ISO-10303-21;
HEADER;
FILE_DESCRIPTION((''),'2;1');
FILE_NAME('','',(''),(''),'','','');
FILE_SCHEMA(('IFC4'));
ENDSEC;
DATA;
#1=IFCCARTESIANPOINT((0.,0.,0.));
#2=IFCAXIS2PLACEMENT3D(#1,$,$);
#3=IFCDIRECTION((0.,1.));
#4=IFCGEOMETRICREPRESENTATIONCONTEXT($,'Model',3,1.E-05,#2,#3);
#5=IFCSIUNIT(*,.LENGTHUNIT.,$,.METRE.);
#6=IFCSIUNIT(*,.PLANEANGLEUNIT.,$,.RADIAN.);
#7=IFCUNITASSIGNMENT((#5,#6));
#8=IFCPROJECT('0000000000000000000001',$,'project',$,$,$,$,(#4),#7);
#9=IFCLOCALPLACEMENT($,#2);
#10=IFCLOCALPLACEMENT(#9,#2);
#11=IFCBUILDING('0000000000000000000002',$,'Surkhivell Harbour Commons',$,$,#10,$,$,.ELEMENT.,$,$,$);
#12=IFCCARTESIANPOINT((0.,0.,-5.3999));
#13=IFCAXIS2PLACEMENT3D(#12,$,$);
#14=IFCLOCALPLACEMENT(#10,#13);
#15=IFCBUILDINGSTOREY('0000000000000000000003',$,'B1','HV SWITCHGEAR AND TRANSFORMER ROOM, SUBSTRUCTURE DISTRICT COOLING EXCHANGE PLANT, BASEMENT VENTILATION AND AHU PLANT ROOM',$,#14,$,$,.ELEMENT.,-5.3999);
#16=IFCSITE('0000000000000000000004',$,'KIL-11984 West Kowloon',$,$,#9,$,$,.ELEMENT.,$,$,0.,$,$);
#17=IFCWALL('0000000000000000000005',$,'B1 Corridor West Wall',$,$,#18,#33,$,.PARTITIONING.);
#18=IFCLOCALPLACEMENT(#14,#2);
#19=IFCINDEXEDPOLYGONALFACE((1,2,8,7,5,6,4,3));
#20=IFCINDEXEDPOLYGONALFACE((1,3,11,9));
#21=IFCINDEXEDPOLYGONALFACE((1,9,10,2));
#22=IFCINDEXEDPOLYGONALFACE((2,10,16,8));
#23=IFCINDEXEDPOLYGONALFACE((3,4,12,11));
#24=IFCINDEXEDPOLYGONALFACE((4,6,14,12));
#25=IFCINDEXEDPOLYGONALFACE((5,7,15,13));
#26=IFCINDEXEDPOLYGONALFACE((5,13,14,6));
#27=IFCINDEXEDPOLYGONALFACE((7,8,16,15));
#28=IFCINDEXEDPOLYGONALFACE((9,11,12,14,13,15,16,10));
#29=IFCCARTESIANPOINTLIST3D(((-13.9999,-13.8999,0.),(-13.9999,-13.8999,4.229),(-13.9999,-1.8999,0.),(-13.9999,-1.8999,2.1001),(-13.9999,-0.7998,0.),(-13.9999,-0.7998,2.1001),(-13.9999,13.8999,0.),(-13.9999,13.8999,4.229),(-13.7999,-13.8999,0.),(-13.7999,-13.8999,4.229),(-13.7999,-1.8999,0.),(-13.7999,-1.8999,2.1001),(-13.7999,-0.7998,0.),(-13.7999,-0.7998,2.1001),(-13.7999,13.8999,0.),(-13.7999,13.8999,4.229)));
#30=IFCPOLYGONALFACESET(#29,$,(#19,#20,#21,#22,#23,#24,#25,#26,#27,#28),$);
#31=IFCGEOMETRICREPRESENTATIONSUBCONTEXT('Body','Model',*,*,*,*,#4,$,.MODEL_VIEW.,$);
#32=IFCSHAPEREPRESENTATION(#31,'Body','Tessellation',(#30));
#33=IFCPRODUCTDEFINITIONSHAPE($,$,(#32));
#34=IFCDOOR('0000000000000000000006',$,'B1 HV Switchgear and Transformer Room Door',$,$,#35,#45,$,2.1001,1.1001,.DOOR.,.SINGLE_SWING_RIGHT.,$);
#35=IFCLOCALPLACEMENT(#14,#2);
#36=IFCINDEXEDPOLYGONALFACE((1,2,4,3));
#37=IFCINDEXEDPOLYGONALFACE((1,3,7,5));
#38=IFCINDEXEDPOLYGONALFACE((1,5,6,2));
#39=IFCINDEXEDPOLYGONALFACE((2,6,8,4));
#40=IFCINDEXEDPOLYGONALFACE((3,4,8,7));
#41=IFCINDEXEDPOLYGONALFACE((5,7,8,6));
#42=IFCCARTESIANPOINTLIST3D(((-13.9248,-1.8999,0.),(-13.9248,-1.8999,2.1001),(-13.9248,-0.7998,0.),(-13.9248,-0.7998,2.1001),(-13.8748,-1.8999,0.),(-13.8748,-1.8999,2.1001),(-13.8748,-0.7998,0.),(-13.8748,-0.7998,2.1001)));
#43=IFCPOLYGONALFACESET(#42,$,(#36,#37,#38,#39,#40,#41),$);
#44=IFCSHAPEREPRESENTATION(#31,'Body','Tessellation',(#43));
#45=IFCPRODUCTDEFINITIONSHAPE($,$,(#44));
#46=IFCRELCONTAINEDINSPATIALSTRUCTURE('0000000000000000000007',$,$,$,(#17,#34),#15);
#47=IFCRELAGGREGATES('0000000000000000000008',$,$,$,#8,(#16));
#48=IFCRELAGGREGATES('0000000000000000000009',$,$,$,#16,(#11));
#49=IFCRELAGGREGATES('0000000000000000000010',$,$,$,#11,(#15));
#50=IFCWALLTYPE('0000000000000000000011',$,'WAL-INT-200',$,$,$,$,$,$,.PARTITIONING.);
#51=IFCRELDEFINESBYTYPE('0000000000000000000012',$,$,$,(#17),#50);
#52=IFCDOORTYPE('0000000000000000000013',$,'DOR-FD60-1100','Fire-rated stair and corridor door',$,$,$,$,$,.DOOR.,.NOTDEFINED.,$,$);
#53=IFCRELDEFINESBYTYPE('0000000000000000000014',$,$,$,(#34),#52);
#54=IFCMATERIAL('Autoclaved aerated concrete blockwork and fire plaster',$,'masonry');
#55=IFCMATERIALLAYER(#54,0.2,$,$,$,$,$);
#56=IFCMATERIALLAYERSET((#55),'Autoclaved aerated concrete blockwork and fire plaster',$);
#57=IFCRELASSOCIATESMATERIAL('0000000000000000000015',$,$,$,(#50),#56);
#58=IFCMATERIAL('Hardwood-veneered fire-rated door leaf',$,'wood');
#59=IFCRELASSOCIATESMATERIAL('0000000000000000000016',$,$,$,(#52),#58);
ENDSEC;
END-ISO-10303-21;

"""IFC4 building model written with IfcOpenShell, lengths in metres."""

from ifc_helpers import new_model, si_unit, direction, frame, frame_2d, origin, place, context, subcontext, project, spatial, rectangle, extrude, material, layer, layer_set, type_object, element, fill, save


model = new_model("IFC4")

# Units and contexts
model_context = context("Model", 3, precision=1e-05, world=origin(), true_north=direction((0.0, 1.0)))
body_context = subcontext(model_context, "Body", "Model", "MODEL_VIEW")
ifc_project = project(units=[si_unit("LENGTHUNIT", "METRE"), si_unit("PLANEANGLEUNIT", "RADIAN")], contexts=[model_context])

# Site, building, storey
site_placement = place(None, origin())
site = spatial("IfcSite", under=ifc_project, at=site_placement, Name="KIL-11984 West Kowloon", CompositionType="ELEMENT", RefElevation=0.0)
building_placement = place(site_placement, origin())
building = spatial("IfcBuilding", under=site, at=building_placement, Name="Surkhivell Harbour Commons", CompositionType="ELEMENT")
storey_placement = place(building_placement, frame((0.0, 0.0, -5.3999)))
storey = spatial("IfcBuildingStorey", under=building, at=storey_placement, Name="B1", Description="HV SWITCHGEAR AND TRANSFORMER ROOM, SUBSTRUCTURE DISTRICT COOLING EXCHANGE PLANT, BASEMENT VENTILATION AND AHU PLANT ROOM", CompositionType="ELEMENT", Elevation=-5.3999)

# Wall, opening, door
ifc_material_1 = material(Name="Autoclaved aerated concrete blockwork and fire plaster", Category="masonry")
ifc_layer_1 = layer(ifc_material_1, 0.2)
ifc_layer_set_1 = layer_set([ifc_layer_1], Name="Autoclaved aerated concrete blockwork and fire plaster")
wall_type_1 = type_object("IfcWallType", Name="WAL-INT-200", PredefinedType="PARTITIONING", material=ifc_layer_set_1)
ifc_material_2 = material(Name="Hardwood-veneered fire-rated door leaf", Category="wood")
door_type = type_object("IfcDoorType", Name="DOR-FD60-1100", Description="Fire-rated stair and corridor door", OperationType="NOTDEFINED", PredefinedType="DOOR", material=ifc_material_2)
wall_1_placement = place(storey_placement, frame((-13.8999, -13.8999, 0.0), z_axis=(0.0, 0.0, 1.0), x_axis=(0.0, 1.0, 0.0)))
wall_1 = element("IfcWall", 1, at=wall_1_placement, inside=storey, type_object=wall_type_1, Name="B1 Corridor West Wall", PredefinedType="PARTITIONING", context=body_context, shape_type="SweptSolid", body=[
    extrude(rectangle(XDim=27.7998, YDim=0.2, at=frame_2d((13.8999, 0.0))), origin(), (0.0, 0.0, 1.0), 4.229),
])
opening_1_placement = place(wall_1_placement, frame((12.0, 0.0, 0.0)))
opening_1 = element("IfcOpeningElement", 2, at=opening_1_placement, cuts=wall_1, PredefinedType="OPENING", context=body_context, shape_type="SweptSolid", body=[
    extrude(rectangle(XDim=1.1001, YDim=2.1001, at=frame_2d((0.55, 1.05))), frame((0.0, 0.1099, 0.0), z_axis=(0.0, -1.0, 0.0), x_axis=(1.0, 0.0, 0.0)), (0.0, 0.0, 1.0), 0.22),
])
door_1_placement = place(opening_1_placement, origin())
door_1 = element("IfcDoor", 3, at=door_1_placement, inside=storey, type_object=door_type, Name="B1 HV Switchgear and Transformer Room Door", OperationType="SINGLE_SWING_RIGHT", OverallHeight=2.1001, OverallWidth=1.1001, PredefinedType="DOOR", context=body_context, shape_type="SweptSolid", body=[
    extrude(rectangle(XDim=1.1001, YDim=2.1001, at=frame_2d((0.55, 1.05))), frame((0.0, 0.0249, 0.0), z_axis=(0.0, -1.0, 0.0), x_axis=(1.0, 0.0, 0.0)), (0.0, 0.0, 1.0), 0.05),
])
fill(opening_1, door_1)

save(model, "model.ifc")
